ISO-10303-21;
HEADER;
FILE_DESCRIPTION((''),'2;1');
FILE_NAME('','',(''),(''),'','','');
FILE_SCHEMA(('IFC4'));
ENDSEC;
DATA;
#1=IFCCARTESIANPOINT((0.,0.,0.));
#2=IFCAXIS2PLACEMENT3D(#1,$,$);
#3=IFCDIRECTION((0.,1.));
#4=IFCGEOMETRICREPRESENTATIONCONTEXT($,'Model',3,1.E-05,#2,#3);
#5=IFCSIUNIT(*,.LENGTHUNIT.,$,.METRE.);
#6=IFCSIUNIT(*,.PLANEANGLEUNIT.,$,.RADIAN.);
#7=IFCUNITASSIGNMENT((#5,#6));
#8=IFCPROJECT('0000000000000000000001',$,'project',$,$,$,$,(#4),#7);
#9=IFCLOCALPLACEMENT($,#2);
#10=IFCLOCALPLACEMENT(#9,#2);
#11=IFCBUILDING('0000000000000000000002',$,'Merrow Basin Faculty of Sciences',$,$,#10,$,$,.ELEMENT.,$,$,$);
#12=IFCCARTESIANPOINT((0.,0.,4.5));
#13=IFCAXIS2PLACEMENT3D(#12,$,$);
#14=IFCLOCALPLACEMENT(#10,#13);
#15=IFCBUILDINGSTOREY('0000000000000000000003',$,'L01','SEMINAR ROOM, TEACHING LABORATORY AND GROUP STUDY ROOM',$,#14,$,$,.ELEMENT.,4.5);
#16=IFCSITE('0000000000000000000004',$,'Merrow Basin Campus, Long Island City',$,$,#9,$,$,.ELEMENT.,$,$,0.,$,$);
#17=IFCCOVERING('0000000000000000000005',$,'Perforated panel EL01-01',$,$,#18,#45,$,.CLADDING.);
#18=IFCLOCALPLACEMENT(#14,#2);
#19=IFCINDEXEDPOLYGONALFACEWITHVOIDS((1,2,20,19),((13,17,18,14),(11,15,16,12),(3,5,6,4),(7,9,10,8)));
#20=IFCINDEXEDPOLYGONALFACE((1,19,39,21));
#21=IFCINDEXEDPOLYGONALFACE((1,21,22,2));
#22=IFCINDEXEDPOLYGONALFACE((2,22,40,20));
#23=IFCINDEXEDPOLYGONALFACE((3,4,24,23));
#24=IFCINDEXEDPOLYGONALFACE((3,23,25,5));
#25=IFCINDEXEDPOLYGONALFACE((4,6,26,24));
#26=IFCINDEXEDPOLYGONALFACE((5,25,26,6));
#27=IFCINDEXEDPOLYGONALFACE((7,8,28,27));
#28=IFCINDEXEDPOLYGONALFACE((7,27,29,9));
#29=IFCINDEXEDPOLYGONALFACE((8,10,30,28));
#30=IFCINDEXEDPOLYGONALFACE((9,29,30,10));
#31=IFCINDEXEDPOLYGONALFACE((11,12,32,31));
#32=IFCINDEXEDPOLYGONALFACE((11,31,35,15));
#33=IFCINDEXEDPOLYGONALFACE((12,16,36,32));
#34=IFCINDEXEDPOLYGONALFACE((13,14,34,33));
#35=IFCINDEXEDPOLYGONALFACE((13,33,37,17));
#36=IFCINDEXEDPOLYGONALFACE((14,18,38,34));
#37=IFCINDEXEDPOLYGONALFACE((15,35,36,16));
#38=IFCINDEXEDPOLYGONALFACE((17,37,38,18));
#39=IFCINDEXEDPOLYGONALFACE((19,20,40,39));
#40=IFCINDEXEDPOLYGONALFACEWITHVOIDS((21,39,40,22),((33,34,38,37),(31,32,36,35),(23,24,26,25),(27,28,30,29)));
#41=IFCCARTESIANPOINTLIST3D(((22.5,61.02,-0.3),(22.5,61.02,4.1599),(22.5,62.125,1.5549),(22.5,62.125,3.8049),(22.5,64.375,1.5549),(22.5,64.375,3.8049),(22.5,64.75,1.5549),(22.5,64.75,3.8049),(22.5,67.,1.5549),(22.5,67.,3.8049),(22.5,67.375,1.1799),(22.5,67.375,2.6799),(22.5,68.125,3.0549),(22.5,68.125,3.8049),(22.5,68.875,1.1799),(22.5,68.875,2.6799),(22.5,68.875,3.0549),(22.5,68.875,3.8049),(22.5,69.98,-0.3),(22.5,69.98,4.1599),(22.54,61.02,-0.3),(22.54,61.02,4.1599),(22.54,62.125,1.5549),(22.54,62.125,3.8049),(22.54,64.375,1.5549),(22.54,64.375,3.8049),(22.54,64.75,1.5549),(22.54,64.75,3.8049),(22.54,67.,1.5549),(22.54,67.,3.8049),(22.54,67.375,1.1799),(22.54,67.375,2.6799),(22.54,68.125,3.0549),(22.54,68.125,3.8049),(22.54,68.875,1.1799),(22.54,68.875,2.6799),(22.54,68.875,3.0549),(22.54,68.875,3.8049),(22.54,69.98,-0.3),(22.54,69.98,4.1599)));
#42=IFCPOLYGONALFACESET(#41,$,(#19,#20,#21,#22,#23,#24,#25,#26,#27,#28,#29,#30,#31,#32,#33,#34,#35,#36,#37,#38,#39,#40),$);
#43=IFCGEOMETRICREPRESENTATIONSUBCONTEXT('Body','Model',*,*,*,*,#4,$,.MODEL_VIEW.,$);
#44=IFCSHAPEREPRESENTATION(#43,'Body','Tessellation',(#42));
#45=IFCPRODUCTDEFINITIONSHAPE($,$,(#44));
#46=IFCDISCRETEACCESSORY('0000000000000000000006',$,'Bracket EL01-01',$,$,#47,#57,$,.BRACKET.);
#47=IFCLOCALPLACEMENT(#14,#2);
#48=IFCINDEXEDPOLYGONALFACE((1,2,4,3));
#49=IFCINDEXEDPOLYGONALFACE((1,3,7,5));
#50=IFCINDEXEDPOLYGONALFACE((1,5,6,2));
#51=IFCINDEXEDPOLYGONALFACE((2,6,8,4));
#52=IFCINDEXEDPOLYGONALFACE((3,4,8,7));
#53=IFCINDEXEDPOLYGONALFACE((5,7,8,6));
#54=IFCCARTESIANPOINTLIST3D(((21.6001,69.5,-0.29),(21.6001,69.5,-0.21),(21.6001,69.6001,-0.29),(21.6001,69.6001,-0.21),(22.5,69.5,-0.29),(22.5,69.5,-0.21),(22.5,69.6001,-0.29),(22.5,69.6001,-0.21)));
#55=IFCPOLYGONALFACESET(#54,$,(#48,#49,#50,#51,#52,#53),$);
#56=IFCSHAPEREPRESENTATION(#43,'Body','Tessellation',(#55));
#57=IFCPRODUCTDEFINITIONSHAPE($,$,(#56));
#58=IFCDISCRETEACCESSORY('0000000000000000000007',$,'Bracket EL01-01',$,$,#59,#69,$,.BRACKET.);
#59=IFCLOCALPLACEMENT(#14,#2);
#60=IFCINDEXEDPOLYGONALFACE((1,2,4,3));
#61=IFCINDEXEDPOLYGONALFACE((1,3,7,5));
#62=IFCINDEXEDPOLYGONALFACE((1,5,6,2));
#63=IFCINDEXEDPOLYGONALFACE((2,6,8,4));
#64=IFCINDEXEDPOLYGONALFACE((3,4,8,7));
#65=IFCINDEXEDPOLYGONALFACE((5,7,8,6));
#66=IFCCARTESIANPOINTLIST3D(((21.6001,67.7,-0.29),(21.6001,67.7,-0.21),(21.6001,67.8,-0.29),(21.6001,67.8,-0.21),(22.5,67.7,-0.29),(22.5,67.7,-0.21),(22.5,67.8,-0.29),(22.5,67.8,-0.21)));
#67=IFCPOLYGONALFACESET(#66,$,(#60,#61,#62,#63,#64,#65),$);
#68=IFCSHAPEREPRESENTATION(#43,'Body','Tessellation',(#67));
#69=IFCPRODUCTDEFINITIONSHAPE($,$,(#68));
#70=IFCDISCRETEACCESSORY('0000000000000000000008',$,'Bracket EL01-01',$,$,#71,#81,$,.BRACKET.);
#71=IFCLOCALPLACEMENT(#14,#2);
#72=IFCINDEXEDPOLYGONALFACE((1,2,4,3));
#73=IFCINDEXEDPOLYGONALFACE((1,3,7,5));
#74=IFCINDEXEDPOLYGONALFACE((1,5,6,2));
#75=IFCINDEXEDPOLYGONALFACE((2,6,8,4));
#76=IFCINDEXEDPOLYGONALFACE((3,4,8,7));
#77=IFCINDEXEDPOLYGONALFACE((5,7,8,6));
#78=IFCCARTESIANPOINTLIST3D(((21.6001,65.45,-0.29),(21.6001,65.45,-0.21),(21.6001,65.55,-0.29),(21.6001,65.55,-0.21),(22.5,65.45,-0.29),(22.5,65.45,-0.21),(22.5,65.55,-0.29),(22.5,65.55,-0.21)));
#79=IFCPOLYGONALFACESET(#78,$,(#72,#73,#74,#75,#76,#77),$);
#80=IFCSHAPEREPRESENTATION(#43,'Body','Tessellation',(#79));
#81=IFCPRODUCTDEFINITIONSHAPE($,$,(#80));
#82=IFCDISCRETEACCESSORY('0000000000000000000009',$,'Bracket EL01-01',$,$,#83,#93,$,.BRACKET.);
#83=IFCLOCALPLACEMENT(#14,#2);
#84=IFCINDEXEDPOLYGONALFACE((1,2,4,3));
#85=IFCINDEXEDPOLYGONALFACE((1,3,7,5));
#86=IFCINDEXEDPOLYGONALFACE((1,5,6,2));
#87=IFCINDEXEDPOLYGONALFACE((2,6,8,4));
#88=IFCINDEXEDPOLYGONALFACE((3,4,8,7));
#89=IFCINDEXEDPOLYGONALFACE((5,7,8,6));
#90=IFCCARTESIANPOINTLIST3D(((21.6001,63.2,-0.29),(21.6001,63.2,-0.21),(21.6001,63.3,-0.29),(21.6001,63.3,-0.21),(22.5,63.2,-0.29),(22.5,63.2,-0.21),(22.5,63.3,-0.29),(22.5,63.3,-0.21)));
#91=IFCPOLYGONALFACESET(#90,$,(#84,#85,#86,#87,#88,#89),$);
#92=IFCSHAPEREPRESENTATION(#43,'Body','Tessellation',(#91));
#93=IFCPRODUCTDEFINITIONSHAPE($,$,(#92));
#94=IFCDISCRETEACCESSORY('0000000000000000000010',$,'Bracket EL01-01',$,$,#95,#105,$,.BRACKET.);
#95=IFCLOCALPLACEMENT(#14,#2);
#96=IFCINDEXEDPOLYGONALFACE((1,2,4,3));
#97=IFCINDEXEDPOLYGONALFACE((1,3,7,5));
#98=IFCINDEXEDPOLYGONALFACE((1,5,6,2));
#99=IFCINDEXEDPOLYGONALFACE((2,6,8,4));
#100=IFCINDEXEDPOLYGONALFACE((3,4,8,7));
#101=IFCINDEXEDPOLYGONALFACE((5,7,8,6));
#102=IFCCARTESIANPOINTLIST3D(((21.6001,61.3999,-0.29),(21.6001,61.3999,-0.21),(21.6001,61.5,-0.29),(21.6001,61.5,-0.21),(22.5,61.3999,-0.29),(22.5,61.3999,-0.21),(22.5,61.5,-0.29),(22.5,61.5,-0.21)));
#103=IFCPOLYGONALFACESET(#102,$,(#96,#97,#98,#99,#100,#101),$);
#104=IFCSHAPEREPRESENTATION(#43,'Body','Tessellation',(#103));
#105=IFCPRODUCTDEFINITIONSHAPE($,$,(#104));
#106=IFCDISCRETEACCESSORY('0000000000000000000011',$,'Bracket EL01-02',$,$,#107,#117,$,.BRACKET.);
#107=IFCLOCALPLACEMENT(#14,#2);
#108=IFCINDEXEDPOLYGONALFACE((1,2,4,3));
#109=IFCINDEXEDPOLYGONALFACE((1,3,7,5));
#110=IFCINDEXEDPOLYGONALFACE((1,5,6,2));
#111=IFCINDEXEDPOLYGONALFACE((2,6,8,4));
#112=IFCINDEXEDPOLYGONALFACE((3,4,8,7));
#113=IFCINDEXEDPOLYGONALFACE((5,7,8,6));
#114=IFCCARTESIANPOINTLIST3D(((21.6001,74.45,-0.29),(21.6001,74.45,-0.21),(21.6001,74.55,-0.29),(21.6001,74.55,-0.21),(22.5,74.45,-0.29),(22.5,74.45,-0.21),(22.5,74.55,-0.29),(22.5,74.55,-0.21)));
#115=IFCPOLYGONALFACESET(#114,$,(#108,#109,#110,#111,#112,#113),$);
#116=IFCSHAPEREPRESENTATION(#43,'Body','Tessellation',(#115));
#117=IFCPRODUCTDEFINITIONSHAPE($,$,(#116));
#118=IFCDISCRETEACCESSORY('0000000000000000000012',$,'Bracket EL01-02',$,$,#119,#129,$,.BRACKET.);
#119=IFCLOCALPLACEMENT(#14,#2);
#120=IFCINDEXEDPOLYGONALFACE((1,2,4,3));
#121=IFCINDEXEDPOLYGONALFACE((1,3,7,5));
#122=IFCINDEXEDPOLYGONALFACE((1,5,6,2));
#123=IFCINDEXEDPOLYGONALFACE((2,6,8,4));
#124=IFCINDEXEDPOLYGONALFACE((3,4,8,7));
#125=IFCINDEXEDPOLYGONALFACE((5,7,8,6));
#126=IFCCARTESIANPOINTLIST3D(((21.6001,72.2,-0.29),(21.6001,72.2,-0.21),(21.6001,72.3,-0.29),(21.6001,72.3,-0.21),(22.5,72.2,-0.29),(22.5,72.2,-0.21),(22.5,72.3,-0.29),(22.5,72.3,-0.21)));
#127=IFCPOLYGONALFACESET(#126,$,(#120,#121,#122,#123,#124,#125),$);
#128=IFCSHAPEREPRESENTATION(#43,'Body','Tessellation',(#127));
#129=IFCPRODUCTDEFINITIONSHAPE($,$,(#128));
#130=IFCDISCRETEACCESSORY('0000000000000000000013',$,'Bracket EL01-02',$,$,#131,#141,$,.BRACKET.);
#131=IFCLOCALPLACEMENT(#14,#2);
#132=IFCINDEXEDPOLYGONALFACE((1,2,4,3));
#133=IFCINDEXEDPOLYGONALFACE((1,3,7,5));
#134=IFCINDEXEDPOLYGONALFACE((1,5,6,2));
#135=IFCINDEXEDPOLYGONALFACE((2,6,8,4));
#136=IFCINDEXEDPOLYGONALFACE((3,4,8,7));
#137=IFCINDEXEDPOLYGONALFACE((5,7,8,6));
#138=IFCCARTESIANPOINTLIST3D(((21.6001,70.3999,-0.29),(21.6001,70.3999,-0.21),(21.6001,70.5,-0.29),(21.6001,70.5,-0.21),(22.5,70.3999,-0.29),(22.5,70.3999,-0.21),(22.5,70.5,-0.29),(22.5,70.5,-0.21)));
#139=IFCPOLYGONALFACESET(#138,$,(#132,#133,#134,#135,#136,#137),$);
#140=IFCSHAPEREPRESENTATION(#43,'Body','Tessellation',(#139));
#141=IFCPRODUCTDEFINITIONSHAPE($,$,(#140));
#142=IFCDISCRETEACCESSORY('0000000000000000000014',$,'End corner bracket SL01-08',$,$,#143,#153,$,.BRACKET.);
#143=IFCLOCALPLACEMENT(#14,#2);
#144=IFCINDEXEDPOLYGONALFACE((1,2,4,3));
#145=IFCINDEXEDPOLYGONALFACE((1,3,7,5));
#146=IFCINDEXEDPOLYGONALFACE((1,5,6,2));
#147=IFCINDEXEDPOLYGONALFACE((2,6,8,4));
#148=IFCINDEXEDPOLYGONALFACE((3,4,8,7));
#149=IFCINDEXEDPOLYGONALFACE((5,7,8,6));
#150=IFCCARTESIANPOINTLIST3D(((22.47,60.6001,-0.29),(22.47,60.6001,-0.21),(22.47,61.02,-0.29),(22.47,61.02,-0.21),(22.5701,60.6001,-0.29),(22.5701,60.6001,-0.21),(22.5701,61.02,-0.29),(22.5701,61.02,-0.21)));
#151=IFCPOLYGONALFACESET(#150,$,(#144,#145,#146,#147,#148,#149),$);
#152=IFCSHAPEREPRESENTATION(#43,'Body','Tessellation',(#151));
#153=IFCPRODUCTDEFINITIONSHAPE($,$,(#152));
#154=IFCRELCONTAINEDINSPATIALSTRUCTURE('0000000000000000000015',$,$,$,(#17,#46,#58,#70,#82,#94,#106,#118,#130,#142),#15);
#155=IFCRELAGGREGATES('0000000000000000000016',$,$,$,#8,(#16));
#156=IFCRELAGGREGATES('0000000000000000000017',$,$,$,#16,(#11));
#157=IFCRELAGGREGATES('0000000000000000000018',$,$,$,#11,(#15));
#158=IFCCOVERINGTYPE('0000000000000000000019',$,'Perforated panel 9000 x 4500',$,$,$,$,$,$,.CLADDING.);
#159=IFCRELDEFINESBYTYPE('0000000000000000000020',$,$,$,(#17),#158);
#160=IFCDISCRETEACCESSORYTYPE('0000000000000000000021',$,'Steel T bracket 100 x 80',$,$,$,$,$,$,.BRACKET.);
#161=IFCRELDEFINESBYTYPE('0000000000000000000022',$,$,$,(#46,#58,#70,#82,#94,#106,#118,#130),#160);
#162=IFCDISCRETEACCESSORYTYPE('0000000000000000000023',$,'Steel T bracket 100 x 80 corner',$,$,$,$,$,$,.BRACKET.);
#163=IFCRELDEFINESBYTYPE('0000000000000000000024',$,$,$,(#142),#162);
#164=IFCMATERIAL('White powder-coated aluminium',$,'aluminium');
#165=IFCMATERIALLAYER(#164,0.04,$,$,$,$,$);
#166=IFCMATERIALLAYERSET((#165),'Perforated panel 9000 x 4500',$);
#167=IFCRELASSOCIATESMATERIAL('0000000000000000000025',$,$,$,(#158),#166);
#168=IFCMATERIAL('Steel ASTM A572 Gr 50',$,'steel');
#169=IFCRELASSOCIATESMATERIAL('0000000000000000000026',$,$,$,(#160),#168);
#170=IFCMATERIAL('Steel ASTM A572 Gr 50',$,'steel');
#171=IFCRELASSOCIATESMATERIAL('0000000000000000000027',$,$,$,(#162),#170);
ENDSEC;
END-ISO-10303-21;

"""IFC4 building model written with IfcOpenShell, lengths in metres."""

from ifc_helpers import new_model, si_unit, direction, frame, origin, place, context, subcontext, project, spatial, polyline, outline, extrude, source, transform, mapped, material, layer, layer_set, type_object, element, save


model = new_model("IFC4")

# Units and contexts
model_context = context("Model", 3, precision=1e-05, world=origin(), true_north=direction((0.0, 1.0)))
body_context = subcontext(model_context, "Body", "Model", "MODEL_VIEW")
ifc_project = project(units=[si_unit("LENGTHUNIT", "METRE"), si_unit("PLANEANGLEUNIT", "RADIAN")], contexts=[model_context])

# Site, building, storey
site_placement = place(None, origin())
site = spatial("IfcSite", under=ifc_project, at=site_placement, Name="Merrow Basin Campus, Long Island City", CompositionType="ELEMENT", RefElevation=0.0)
building_placement = place(site_placement, origin())
building = spatial("IfcBuilding", under=site, at=building_placement, Name="Merrow Basin Faculty of Sciences", CompositionType="ELEMENT")
storey_placement = place(building_placement, frame((0.0, 0.0, 4.5)))
storey = spatial("IfcBuildingStorey", under=building, at=storey_placement, Name="L01", Description="SEMINAR ROOM, TEACHING LABORATORY AND GROUP STUDY ROOM", CompositionType="ELEMENT", Elevation=4.5)

# Covering
ifc_material_1 = material(Name="White powder-coated aluminium", Category="aluminium")
ifc_layer_1 = layer(ifc_material_1, 0.04)
ifc_layer_set_1 = layer_set([ifc_layer_1], Name="Perforated panel 9000 x 4500")
covering_type_1 = type_object("IfcCoveringType", Name="Perforated panel 9000 x 4500", PredefinedType="CLADDING", material=ifc_layer_set_1)
shared_shape_1 = source(origin(), body_context, "Body", "SweptSolid", [
    extrude(outline(polyline([(0.02, 0.02), (8.98, 0.02), (8.98, 4.48), (0.02, 4.48), (0.02, 0.02)]), holes=[polyline([(1.125, 1.5), (2.625, 1.5), (2.625, 3.0), (1.125, 3.0), (1.125, 1.5)]), polyline([(5.625, 1.875), (7.875, 1.875), (7.875, 4.125), (5.625, 4.125), (5.625, 1.875)]), polyline([(3.0, 1.875), (5.25, 1.875), (5.25, 4.125), (3.0, 4.125), (3.0, 1.875)]), polyline([(1.125, 3.375), (1.875, 3.375), (1.875, 4.125), (1.125, 4.125), (1.125, 3.375)])]), origin(), (0.0, 0.0, 1.0), 0.04),
])
covering_1_placement = place(storey_placement, frame((22.54, 70.0, -0.3201), z_axis=(-1.0, 0.0, 0.0), x_axis=(0.0, -1.0, 0.0)))
element("IfcCovering", 1, at=covering_1_placement, inside=storey, type_object=covering_type_1, Name="Perforated panel EL01-01", PredefinedType="CLADDING", context=body_context, shape_type="MappedRepresentation", body=[
    mapped(shared_shape_1, transform((0.0, 0.0, 0.0), scale=1.0)),
])

# Discrete accessories
ifc_material_2 = material(Name="Steel ASTM A572 Gr 50", Category="steel")
discrete_accessory_type_1 = type_object("IfcDiscreteAccessoryType", Name="Steel T bracket 100 x 80", PredefinedType="BRACKET", material=ifc_material_2)
shared_shape_2 = source(origin(), body_context, "Body", "SweptSolid", [
    extrude(outline(polyline([(0.0, 0.0), (0.1001, 0.0), (0.1001, 0.0801), (0.0, 0.0801), (0.0, 0.0)])), origin(), (0.0, 0.0, 1.0), 0.8999),
])
for number, where, z_axis, x_axis, name in (
    (2, (22.5, 69.6001, -0.29), (-1.0, 0.0, 0.0), (0.0, -1.0, 0.0), "Bracket EL01-01"),
    (3, (22.5, 67.8, -0.29), (-1.0, 0.0, 0.0), (0.0, -1.0, 0.0), "Bracket EL01-01"),
    (4, (22.5, 65.55, -0.29), (-1.0, 0.0, 0.0), (0.0, -1.0, 0.0), "Bracket EL01-01"),
    (5, (22.5, 63.3, -0.29), (-1.0, 0.0, 0.0), (0.0, -1.0, 0.0), "Bracket EL01-01"),
    (6, (22.5, 61.5, -0.29), (-1.0, 0.0, 0.0), (0.0, -1.0, 0.0), "Bracket EL01-01"),
    (7, (22.5, 74.55, -0.29), (-1.0, 0.0, 0.0), (0.0, -1.0, 0.0), "Bracket EL01-02"),
    (8, (22.5, 72.3, -0.29), (-1.0, 0.0, 0.0), (0.0, -1.0, 0.0), "Bracket EL01-02"),
    (9, (22.5, 70.5, -0.29), (-1.0, 0.0, 0.0), (0.0, -1.0, 0.0), "Bracket EL01-02"),
):
    element("IfcDiscreteAccessory", number, at=place(storey_placement, frame(where, z_axis=z_axis, x_axis=x_axis)), inside=storey, type_object=discrete_accessory_type_1, Name=name, PredefinedType="BRACKET", context=body_context, shape_type="MappedRepresentation", body=[
        mapped(shared_shape_2, transform((0.0, 0.0, 0.0), scale=1.0)),
    ])
ifc_material_3 = material(Name="Steel ASTM A572 Gr 50", Category="steel")
discrete_accessory_type_2 = type_object("IfcDiscreteAccessoryType", Name="Steel T bracket 100 x 80 corner", PredefinedType="BRACKET", material=ifc_material_3)
shared_shape_3 = source(origin(), body_context, "Body", "SweptSolid", [
    extrude(outline(polyline([(0.0, 0.0), (0.1001, 0.0), (0.1001, 0.0801), (0.0, 0.0801), (0.0, 0.0)])), origin(), (0.0, 0.0, 1.0), 0.4199),
])
discrete_accessory_placement = place(storey_placement, frame((22.5701, 60.6001, -0.29), z_axis=(0.0, 1.0, 0.0), x_axis=(-1.0, 0.0, 0.0)))
element("IfcDiscreteAccessory", 10, at=discrete_accessory_placement, inside=storey, type_object=discrete_accessory_type_2, Name="End corner bracket SL01-08", PredefinedType="BRACKET", context=body_context, shape_type="MappedRepresentation", body=[
    mapped(shared_shape_3, transform((0.0, 0.0, 0.0), scale=1.0)),
])

save(model, "model.ifc")
